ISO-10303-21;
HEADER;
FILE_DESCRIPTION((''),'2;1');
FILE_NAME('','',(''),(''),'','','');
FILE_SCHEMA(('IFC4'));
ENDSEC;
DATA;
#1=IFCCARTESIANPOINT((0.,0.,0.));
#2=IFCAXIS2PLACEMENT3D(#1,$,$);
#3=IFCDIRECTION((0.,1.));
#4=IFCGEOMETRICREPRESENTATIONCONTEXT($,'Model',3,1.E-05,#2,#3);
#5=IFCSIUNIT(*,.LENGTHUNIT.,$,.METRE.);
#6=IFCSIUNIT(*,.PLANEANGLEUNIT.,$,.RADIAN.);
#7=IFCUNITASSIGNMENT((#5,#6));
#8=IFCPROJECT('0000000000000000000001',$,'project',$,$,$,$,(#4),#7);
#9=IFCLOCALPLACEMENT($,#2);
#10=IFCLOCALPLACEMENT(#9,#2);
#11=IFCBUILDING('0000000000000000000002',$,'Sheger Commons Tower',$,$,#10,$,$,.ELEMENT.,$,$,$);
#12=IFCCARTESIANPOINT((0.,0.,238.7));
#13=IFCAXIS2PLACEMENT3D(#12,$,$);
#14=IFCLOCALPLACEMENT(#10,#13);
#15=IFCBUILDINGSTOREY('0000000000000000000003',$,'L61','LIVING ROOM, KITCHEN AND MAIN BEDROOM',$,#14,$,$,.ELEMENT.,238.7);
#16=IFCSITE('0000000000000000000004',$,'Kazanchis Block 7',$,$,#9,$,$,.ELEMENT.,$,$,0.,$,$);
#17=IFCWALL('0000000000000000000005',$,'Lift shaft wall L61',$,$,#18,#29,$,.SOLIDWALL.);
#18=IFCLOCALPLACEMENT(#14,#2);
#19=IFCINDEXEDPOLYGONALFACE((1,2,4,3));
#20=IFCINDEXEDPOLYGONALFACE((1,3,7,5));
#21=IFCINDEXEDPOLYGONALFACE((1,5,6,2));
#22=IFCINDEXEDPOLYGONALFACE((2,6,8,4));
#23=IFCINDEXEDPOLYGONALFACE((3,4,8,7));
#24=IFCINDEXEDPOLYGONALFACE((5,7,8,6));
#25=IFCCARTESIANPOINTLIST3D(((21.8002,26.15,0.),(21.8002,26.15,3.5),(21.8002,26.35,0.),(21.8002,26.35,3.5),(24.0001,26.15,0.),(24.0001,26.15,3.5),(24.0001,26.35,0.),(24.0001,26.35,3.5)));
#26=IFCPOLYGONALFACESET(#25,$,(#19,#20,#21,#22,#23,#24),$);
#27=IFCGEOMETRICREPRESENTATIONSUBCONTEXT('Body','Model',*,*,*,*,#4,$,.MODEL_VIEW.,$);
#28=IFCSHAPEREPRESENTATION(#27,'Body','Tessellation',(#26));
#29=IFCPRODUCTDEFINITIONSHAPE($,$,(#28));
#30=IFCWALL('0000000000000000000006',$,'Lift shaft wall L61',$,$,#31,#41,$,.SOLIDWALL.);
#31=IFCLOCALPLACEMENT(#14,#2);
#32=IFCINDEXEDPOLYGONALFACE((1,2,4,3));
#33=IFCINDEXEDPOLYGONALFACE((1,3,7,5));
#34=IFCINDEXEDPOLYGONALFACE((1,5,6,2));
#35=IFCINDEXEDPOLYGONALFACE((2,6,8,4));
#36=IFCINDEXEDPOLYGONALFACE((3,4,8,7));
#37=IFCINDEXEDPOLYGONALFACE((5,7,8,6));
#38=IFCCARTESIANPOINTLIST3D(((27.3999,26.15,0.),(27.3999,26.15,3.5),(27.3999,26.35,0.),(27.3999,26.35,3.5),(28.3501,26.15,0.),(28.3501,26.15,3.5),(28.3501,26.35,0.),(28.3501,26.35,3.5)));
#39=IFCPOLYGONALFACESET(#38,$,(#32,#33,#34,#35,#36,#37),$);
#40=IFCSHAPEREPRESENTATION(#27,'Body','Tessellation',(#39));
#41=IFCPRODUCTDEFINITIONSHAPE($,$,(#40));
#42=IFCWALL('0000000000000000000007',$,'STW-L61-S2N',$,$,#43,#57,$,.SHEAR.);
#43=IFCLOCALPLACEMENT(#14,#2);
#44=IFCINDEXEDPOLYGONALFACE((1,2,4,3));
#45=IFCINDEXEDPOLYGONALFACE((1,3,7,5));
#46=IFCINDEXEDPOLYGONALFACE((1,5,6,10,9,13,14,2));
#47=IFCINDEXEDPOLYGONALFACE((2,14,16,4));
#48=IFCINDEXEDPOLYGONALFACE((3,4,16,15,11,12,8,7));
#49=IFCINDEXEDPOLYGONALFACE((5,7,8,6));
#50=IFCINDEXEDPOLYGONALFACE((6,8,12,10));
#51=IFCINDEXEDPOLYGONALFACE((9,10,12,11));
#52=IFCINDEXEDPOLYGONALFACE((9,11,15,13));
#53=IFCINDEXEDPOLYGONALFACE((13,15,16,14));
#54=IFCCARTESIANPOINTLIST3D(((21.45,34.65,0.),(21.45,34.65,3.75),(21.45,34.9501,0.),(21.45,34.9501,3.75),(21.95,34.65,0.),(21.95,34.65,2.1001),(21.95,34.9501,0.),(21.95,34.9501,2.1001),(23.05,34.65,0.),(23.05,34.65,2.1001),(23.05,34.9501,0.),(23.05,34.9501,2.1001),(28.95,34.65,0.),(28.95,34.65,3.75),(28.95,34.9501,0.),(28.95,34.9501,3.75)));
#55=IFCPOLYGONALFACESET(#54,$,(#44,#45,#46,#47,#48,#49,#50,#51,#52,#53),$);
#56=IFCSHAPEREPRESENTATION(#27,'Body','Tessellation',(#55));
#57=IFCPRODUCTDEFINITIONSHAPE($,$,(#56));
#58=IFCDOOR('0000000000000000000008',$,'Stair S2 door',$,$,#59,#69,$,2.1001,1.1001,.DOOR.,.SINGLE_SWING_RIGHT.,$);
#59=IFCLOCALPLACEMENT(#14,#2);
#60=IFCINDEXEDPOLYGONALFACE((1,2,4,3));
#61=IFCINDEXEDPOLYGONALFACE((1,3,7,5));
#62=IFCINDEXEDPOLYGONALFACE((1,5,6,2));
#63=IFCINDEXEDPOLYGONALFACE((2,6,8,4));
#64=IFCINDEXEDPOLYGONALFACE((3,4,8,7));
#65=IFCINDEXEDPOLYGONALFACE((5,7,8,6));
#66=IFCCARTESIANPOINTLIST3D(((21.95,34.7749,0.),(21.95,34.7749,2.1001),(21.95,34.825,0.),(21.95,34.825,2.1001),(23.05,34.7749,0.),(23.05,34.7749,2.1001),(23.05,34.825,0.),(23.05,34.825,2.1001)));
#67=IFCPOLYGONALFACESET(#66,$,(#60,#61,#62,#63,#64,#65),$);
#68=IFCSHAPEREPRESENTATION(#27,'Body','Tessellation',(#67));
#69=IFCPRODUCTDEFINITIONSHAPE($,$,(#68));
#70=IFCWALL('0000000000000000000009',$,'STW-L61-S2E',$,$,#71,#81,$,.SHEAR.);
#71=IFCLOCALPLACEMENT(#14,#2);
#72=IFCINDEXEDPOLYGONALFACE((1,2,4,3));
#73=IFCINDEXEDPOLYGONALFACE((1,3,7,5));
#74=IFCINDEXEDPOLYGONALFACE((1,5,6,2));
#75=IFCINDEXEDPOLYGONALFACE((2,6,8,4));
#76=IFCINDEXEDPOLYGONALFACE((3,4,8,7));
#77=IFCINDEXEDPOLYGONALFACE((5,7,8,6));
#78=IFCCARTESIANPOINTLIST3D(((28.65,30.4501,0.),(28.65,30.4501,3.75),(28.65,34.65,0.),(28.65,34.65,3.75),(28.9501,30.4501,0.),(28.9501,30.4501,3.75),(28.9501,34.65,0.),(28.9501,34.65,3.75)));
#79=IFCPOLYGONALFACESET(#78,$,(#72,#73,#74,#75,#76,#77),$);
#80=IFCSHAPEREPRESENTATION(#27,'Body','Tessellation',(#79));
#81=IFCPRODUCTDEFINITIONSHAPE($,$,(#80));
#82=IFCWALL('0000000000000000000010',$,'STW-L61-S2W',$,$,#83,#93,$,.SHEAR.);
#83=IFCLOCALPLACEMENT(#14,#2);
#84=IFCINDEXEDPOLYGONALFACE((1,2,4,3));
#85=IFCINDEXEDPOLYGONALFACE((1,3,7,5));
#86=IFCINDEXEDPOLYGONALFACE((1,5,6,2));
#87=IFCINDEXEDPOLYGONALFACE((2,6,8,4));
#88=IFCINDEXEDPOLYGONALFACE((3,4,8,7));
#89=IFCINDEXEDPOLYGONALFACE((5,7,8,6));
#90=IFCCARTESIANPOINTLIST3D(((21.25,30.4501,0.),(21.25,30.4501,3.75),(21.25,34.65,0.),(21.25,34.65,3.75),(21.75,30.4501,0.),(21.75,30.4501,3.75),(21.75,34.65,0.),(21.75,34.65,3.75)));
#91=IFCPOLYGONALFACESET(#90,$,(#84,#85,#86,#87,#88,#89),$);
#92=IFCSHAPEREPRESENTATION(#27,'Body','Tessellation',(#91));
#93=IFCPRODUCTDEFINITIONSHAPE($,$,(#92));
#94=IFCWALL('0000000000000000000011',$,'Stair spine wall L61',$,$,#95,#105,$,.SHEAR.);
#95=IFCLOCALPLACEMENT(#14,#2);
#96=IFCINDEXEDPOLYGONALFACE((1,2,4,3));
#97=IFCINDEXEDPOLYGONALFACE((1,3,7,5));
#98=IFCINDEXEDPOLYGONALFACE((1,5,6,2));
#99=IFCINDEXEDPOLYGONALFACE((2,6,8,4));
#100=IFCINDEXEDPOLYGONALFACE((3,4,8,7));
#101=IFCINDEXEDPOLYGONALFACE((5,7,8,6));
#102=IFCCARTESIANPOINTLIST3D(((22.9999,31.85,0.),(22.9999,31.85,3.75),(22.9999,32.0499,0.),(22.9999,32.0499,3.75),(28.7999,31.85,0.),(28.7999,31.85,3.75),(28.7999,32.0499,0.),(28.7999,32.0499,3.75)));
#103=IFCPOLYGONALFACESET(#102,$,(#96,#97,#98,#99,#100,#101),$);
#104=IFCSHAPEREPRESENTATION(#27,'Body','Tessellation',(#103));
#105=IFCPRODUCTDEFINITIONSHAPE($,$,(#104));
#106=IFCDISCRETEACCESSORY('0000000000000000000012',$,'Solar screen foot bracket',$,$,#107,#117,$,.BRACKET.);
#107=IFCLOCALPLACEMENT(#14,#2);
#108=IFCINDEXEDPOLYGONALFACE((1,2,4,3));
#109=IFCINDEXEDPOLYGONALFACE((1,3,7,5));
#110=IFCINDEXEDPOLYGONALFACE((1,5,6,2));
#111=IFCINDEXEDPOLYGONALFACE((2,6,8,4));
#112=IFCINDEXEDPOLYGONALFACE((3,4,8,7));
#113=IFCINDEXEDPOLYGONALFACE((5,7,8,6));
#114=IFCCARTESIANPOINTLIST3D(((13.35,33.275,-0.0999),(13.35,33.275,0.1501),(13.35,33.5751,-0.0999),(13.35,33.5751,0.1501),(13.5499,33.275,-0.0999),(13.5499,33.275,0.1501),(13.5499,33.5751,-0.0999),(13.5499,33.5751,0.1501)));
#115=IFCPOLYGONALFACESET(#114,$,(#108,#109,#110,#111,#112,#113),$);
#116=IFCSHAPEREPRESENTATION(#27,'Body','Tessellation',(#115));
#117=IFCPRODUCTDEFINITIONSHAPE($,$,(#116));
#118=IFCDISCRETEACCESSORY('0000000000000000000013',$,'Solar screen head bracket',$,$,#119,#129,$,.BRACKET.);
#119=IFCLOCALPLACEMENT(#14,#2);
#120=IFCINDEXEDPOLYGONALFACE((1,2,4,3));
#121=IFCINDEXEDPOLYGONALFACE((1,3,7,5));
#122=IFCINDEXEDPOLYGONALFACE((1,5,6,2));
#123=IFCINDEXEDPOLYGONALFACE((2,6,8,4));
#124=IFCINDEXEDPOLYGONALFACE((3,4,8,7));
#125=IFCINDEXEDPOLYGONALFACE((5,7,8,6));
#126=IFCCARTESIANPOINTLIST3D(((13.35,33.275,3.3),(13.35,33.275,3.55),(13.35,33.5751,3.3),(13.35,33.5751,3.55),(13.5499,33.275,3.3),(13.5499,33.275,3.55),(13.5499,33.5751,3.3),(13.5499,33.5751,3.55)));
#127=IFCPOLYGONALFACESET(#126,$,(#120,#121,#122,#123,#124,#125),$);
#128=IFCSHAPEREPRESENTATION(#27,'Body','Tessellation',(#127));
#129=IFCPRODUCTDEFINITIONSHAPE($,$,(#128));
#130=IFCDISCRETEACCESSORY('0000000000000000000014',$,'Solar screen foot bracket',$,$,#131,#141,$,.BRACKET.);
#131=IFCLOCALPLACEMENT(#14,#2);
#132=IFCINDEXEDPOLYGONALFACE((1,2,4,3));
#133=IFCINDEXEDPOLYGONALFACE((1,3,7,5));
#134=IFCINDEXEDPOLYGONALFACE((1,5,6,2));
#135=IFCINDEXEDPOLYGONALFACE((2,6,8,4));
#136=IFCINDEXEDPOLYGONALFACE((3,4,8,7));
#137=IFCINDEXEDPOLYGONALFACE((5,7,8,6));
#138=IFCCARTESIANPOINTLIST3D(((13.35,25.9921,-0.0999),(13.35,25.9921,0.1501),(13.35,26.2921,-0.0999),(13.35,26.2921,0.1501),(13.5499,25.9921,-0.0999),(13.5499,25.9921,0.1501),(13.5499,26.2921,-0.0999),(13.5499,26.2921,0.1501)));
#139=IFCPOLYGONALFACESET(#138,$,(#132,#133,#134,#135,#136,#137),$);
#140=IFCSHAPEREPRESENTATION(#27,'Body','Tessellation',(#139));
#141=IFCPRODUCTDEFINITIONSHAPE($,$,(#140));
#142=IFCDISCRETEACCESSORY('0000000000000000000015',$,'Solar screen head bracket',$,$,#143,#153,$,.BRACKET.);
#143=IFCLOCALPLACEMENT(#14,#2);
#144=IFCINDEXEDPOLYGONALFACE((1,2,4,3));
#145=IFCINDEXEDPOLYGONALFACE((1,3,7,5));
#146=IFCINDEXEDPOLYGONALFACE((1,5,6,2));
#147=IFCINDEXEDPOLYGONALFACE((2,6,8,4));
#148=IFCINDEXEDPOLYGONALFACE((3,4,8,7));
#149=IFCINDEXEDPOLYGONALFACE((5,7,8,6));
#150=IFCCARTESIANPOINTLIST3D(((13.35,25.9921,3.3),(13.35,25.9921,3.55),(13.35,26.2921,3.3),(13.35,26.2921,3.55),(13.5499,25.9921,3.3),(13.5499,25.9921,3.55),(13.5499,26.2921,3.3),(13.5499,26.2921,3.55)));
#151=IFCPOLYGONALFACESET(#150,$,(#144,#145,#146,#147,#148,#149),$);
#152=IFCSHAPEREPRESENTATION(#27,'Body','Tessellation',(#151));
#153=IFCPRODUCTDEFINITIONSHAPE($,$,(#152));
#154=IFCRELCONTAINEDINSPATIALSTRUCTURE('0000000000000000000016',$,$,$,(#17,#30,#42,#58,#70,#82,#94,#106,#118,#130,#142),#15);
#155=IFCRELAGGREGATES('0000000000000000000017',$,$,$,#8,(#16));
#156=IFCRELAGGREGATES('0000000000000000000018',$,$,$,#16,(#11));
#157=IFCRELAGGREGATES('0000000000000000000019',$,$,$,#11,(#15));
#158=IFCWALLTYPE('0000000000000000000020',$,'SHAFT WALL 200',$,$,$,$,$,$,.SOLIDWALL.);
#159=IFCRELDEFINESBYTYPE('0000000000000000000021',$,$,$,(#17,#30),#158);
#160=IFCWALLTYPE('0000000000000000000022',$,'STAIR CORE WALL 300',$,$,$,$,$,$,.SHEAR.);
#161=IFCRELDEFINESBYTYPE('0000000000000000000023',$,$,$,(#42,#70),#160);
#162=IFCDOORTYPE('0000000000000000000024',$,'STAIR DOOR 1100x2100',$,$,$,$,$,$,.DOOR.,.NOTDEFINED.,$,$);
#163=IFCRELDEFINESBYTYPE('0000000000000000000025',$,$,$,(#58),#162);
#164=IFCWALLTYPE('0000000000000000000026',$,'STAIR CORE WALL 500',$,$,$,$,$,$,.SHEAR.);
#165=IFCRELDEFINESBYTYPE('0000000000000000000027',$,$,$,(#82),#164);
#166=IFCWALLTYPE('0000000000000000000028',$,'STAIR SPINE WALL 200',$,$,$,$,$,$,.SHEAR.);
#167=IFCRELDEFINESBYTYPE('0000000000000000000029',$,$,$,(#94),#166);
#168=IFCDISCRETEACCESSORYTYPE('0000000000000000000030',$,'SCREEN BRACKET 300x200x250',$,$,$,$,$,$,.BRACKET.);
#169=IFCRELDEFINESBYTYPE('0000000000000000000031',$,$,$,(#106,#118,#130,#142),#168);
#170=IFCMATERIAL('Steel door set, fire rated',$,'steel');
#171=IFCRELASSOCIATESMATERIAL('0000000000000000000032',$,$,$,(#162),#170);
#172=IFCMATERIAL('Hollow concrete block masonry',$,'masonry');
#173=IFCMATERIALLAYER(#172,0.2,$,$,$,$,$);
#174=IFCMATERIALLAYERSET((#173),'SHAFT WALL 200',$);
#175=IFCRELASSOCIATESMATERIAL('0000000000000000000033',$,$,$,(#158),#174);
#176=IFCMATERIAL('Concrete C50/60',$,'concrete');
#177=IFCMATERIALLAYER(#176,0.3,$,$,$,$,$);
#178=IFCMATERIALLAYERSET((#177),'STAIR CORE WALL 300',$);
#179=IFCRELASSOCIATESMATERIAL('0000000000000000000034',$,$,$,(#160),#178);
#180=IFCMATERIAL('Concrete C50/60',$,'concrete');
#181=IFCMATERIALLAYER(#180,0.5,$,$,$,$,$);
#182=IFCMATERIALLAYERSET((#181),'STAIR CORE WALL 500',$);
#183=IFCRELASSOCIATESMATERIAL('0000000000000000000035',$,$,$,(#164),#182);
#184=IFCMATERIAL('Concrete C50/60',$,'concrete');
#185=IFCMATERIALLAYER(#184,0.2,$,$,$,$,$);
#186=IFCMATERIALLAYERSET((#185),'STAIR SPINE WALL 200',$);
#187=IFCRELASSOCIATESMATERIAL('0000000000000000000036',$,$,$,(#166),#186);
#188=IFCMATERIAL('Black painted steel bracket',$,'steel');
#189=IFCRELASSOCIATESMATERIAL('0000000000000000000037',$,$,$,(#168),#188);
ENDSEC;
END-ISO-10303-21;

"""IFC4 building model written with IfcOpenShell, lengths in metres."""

from ifc_helpers import new_model, si_unit, direction, frame, frame_2d, origin, origin_2d, place, context, subcontext, project, spatial, rectangle, extrude, material, layer, layer_set, type_object, element, fill, save


model = new_model("IFC4")

# Units and contexts
model_context = context("Model", 3, precision=1e-05, world=origin(), true_north=direction((0.0, 1.0)))
body_context = subcontext(model_context, "Body", "Model", "MODEL_VIEW")
ifc_project = project(units=[si_unit("LENGTHUNIT", "METRE"), si_unit("PLANEANGLEUNIT", "RADIAN")], contexts=[model_context])

# Site, building, storey
site_placement = place(None, origin())
site = spatial("IfcSite", under=ifc_project, at=site_placement, Name="Kazanchis Block 7", CompositionType="ELEMENT", RefElevation=0.0)
building_placement = place(site_placement, origin())
building = spatial("IfcBuilding", under=site, at=building_placement, Name="Sheger Commons Tower", CompositionType="ELEMENT")
storey_placement = place(building_placement, frame((0.0, 0.0, 238.7)))
storey = spatial("IfcBuildingStorey", under=building, at=storey_placement, Name="L61", Description="LIVING ROOM, KITCHEN AND MAIN BEDROOM", CompositionType="ELEMENT", Elevation=238.7)

# Shared definitions
ifc_material_1 = material(Name="Steel door set, fire rated", Category="steel")
door_type_1 = type_object("IfcDoorType", Name="STAIR DOOR 1100x2100", OperationType="NOTDEFINED", PredefinedType="DOOR", material=ifc_material_1)

# Walls
ifc_material_2 = material(Name="Hollow concrete block masonry", Category="masonry")
ifc_layer_1 = layer(ifc_material_2, 0.2)
ifc_layer_set_1 = layer_set([ifc_layer_1], Name="SHAFT WALL 200")
wall_type_1 = type_object("IfcWallType", Name="SHAFT WALL 200", PredefinedType="SOLIDWALL", material=ifc_layer_set_1)
wall_1_placement = place(storey_placement, frame((21.8, 26.25, 0.0), z_axis=(0.0, 0.0, 1.0), x_axis=(1.0, 0.0, 0.0)))
element("IfcWall", 1, at=wall_1_placement, inside=storey, type_object=wall_type_1, Name="Lift shaft wall L61", PredefinedType="SOLIDWALL", context=body_context, shape_type="SweptSolid", body=[
    extrude(rectangle(XDim=2.2, YDim=0.2, at=frame_2d((1.1001, 0.0))), origin(), (0.0, 0.0, 1.0), 3.5),
])
wall_2_placement = place(storey_placement, frame((27.3999, 26.25, 0.0), z_axis=(0.0, 0.0, 1.0), x_axis=(1.0, 0.0, 0.0)))
element("IfcWall", 2, at=wall_2_placement, inside=storey, type_object=wall_type_1, Name="Lift shaft wall L61", PredefinedType="SOLIDWALL", context=body_context, shape_type="SweptSolid", body=[
    extrude(rectangle(XDim=0.9502, YDim=0.2, at=frame_2d((0.4751, 0.0))), origin(), (0.0, 0.0, 1.0), 3.5),
])

# Wall, opening, door
ifc_material_3 = material(Name="Concrete C50/60", Category="concrete")
ifc_layer_2 = layer(ifc_material_3, 0.3)
ifc_layer_set_2 = layer_set([ifc_layer_2], Name="STAIR CORE WALL 300")
wall_type_2 = type_object("IfcWallType", Name="STAIR CORE WALL 300", PredefinedType="SHEAR", material=ifc_layer_set_2)
wall_3_placement = place(storey_placement, frame((21.45, 34.8, 0.0), z_axis=(0.0, 0.0, 1.0), x_axis=(1.0, 0.0, 0.0)))
wall_3 = element("IfcWall", 3, at=wall_3_placement, inside=storey, type_object=wall_type_2, Name="STW-L61-S2N", PredefinedType="SHEAR", context=body_context, shape_type="SweptSolid", body=[
    extrude(rectangle(XDim=7.5, YDim=0.3, at=frame_2d((3.75, 0.0))), origin(), (0.0, 0.0, 1.0), 3.75),
])
opening_1_placement = place(wall_3_placement, frame((0.5, 0.0, 0.0)))
opening_1 = element("IfcOpeningElement", 4, at=opening_1_placement, cuts=wall_3, PredefinedType="OPENING", context=body_context, shape_type="SweptSolid", body=[
    extrude(rectangle(XDim=1.1001, YDim=2.1001, at=frame_2d((0.55, 1.05))), frame((0.0, 0.1599, 0.0), z_axis=(0.0, -1.0, 0.0), x_axis=(1.0, 0.0, 0.0)), (0.0, 0.0, 1.0), 0.3201),
])
door_1_placement = place(opening_1_placement, origin())
door_1 = element("IfcDoor", 5, at=door_1_placement, inside=storey, type_object=door_type_1, Name="Stair S2 door", OperationType="SINGLE_SWING_RIGHT", OverallHeight=2.1001, OverallWidth=1.1001, PredefinedType="DOOR", context=body_context, shape_type="SweptSolid", body=[
    extrude(rectangle(XDim=1.1001, YDim=2.1001, at=frame_2d((0.55, 1.05))), frame((0.0, 0.0249, 0.0), z_axis=(0.0, -1.0, 0.0), x_axis=(1.0, 0.0, 0.0)), (0.0, 0.0, 1.0), 0.05),
])
fill(opening_1, door_1)

# Walls
wall_4_placement = place(storey_placement, frame((28.8, 30.45, 0.0), z_axis=(0.0, 0.0, 1.0), x_axis=(0.0, 1.0, 0.0)))
element("IfcWall", 6, at=wall_4_placement, inside=storey, type_object=wall_type_2, Name="STW-L61-S2E", PredefinedType="SHEAR", context=body_context, shape_type="SweptSolid", body=[
    extrude(rectangle(XDim=4.2, YDim=0.3, at=frame_2d((2.1001, 0.0))), origin(), (0.0, 0.0, 1.0), 3.75),
])
ifc_material_4 = material(Name="Concrete C50/60", Category="concrete")
ifc_layer_3 = layer(ifc_material_4, 0.5)
ifc_layer_set_3 = layer_set([ifc_layer_3], Name="STAIR CORE WALL 500")
wall_type_3 = type_object("IfcWallType", Name="STAIR CORE WALL 500", PredefinedType="SHEAR", material=ifc_layer_set_3)
wall_5_placement = place(storey_placement, frame((21.5, 30.45, 0.0), z_axis=(0.0, 0.0, 1.0), x_axis=(0.0, 1.0, 0.0)))
element("IfcWall", 7, at=wall_5_placement, inside=storey, type_object=wall_type_3, Name="STW-L61-S2W", PredefinedType="SHEAR", context=body_context, shape_type="SweptSolid", body=[
    extrude(rectangle(XDim=4.2, YDim=0.5, at=frame_2d((2.1001, 0.0))), origin(), (0.0, 0.0, 1.0), 3.75),
])
ifc_material_5 = material(Name="Concrete C50/60", Category="concrete")
ifc_layer_4 = layer(ifc_material_5, 0.2)
ifc_layer_set_4 = layer_set([ifc_layer_4], Name="STAIR SPINE WALL 200")
wall_type_4 = type_object("IfcWallType", Name="STAIR SPINE WALL 200", PredefinedType="SHEAR", material=ifc_layer_set_4)
wall_6_placement = place(storey_placement, frame((23.0, 31.95, 0.0), z_axis=(0.0, 0.0, 1.0), x_axis=(1.0, 0.0, 0.0)))
element("IfcWall", 8, at=wall_6_placement, inside=storey, type_object=wall_type_4, Name="Stair spine wall L61", PredefinedType="SHEAR", context=body_context, shape_type="SweptSolid", body=[
    extrude(rectangle(XDim=5.8, YDim=0.2, at=frame_2d((2.8999, 0.0))), origin(), (0.0, 0.0, 1.0), 3.75),
])

# Discrete accessories
ifc_material_6 = material(Name="Black painted steel bracket", Category="steel")
discrete_accessory_type = type_object("IfcDiscreteAccessoryType", Name="SCREEN BRACKET 300x200x250", PredefinedType="BRACKET", material=ifc_material_6)
for number, where, z_axis, x_axis, name in (
    (9, (13.45, 33.425, -0.0999), (0.0, 0.0, 1.0), (0.0, -1.0, 0.0), "Solar screen foot bracket"),
    (10, (13.45, 33.425, 3.3), (0.0, 0.0, 1.0), (0.0, -1.0, 0.0), "Solar screen head bracket"),
    (11, (13.45, 26.1421, -0.0999), (0.0, 0.0, 1.0), (0.0, -1.0, 0.0), "Solar screen foot bracket"),
    (12, (13.45, 26.1421, 3.3), (0.0, 0.0, 1.0), (0.0, -1.0, 0.0), "Solar screen head bracket"),
):
    element("IfcDiscreteAccessory", number, at=place(storey_placement, frame(where, z_axis=z_axis, x_axis=x_axis)), inside=storey, type_object=discrete_accessory_type, Name=name, PredefinedType="BRACKET", context=body_context, shape_type="SweptSolid", body=[
        extrude(rectangle(XDim=0.3, YDim=0.2, at=origin_2d()), origin(), (0.0, 0.0, 1.0), 0.25),
    ])

save(model, "model.ifc")
